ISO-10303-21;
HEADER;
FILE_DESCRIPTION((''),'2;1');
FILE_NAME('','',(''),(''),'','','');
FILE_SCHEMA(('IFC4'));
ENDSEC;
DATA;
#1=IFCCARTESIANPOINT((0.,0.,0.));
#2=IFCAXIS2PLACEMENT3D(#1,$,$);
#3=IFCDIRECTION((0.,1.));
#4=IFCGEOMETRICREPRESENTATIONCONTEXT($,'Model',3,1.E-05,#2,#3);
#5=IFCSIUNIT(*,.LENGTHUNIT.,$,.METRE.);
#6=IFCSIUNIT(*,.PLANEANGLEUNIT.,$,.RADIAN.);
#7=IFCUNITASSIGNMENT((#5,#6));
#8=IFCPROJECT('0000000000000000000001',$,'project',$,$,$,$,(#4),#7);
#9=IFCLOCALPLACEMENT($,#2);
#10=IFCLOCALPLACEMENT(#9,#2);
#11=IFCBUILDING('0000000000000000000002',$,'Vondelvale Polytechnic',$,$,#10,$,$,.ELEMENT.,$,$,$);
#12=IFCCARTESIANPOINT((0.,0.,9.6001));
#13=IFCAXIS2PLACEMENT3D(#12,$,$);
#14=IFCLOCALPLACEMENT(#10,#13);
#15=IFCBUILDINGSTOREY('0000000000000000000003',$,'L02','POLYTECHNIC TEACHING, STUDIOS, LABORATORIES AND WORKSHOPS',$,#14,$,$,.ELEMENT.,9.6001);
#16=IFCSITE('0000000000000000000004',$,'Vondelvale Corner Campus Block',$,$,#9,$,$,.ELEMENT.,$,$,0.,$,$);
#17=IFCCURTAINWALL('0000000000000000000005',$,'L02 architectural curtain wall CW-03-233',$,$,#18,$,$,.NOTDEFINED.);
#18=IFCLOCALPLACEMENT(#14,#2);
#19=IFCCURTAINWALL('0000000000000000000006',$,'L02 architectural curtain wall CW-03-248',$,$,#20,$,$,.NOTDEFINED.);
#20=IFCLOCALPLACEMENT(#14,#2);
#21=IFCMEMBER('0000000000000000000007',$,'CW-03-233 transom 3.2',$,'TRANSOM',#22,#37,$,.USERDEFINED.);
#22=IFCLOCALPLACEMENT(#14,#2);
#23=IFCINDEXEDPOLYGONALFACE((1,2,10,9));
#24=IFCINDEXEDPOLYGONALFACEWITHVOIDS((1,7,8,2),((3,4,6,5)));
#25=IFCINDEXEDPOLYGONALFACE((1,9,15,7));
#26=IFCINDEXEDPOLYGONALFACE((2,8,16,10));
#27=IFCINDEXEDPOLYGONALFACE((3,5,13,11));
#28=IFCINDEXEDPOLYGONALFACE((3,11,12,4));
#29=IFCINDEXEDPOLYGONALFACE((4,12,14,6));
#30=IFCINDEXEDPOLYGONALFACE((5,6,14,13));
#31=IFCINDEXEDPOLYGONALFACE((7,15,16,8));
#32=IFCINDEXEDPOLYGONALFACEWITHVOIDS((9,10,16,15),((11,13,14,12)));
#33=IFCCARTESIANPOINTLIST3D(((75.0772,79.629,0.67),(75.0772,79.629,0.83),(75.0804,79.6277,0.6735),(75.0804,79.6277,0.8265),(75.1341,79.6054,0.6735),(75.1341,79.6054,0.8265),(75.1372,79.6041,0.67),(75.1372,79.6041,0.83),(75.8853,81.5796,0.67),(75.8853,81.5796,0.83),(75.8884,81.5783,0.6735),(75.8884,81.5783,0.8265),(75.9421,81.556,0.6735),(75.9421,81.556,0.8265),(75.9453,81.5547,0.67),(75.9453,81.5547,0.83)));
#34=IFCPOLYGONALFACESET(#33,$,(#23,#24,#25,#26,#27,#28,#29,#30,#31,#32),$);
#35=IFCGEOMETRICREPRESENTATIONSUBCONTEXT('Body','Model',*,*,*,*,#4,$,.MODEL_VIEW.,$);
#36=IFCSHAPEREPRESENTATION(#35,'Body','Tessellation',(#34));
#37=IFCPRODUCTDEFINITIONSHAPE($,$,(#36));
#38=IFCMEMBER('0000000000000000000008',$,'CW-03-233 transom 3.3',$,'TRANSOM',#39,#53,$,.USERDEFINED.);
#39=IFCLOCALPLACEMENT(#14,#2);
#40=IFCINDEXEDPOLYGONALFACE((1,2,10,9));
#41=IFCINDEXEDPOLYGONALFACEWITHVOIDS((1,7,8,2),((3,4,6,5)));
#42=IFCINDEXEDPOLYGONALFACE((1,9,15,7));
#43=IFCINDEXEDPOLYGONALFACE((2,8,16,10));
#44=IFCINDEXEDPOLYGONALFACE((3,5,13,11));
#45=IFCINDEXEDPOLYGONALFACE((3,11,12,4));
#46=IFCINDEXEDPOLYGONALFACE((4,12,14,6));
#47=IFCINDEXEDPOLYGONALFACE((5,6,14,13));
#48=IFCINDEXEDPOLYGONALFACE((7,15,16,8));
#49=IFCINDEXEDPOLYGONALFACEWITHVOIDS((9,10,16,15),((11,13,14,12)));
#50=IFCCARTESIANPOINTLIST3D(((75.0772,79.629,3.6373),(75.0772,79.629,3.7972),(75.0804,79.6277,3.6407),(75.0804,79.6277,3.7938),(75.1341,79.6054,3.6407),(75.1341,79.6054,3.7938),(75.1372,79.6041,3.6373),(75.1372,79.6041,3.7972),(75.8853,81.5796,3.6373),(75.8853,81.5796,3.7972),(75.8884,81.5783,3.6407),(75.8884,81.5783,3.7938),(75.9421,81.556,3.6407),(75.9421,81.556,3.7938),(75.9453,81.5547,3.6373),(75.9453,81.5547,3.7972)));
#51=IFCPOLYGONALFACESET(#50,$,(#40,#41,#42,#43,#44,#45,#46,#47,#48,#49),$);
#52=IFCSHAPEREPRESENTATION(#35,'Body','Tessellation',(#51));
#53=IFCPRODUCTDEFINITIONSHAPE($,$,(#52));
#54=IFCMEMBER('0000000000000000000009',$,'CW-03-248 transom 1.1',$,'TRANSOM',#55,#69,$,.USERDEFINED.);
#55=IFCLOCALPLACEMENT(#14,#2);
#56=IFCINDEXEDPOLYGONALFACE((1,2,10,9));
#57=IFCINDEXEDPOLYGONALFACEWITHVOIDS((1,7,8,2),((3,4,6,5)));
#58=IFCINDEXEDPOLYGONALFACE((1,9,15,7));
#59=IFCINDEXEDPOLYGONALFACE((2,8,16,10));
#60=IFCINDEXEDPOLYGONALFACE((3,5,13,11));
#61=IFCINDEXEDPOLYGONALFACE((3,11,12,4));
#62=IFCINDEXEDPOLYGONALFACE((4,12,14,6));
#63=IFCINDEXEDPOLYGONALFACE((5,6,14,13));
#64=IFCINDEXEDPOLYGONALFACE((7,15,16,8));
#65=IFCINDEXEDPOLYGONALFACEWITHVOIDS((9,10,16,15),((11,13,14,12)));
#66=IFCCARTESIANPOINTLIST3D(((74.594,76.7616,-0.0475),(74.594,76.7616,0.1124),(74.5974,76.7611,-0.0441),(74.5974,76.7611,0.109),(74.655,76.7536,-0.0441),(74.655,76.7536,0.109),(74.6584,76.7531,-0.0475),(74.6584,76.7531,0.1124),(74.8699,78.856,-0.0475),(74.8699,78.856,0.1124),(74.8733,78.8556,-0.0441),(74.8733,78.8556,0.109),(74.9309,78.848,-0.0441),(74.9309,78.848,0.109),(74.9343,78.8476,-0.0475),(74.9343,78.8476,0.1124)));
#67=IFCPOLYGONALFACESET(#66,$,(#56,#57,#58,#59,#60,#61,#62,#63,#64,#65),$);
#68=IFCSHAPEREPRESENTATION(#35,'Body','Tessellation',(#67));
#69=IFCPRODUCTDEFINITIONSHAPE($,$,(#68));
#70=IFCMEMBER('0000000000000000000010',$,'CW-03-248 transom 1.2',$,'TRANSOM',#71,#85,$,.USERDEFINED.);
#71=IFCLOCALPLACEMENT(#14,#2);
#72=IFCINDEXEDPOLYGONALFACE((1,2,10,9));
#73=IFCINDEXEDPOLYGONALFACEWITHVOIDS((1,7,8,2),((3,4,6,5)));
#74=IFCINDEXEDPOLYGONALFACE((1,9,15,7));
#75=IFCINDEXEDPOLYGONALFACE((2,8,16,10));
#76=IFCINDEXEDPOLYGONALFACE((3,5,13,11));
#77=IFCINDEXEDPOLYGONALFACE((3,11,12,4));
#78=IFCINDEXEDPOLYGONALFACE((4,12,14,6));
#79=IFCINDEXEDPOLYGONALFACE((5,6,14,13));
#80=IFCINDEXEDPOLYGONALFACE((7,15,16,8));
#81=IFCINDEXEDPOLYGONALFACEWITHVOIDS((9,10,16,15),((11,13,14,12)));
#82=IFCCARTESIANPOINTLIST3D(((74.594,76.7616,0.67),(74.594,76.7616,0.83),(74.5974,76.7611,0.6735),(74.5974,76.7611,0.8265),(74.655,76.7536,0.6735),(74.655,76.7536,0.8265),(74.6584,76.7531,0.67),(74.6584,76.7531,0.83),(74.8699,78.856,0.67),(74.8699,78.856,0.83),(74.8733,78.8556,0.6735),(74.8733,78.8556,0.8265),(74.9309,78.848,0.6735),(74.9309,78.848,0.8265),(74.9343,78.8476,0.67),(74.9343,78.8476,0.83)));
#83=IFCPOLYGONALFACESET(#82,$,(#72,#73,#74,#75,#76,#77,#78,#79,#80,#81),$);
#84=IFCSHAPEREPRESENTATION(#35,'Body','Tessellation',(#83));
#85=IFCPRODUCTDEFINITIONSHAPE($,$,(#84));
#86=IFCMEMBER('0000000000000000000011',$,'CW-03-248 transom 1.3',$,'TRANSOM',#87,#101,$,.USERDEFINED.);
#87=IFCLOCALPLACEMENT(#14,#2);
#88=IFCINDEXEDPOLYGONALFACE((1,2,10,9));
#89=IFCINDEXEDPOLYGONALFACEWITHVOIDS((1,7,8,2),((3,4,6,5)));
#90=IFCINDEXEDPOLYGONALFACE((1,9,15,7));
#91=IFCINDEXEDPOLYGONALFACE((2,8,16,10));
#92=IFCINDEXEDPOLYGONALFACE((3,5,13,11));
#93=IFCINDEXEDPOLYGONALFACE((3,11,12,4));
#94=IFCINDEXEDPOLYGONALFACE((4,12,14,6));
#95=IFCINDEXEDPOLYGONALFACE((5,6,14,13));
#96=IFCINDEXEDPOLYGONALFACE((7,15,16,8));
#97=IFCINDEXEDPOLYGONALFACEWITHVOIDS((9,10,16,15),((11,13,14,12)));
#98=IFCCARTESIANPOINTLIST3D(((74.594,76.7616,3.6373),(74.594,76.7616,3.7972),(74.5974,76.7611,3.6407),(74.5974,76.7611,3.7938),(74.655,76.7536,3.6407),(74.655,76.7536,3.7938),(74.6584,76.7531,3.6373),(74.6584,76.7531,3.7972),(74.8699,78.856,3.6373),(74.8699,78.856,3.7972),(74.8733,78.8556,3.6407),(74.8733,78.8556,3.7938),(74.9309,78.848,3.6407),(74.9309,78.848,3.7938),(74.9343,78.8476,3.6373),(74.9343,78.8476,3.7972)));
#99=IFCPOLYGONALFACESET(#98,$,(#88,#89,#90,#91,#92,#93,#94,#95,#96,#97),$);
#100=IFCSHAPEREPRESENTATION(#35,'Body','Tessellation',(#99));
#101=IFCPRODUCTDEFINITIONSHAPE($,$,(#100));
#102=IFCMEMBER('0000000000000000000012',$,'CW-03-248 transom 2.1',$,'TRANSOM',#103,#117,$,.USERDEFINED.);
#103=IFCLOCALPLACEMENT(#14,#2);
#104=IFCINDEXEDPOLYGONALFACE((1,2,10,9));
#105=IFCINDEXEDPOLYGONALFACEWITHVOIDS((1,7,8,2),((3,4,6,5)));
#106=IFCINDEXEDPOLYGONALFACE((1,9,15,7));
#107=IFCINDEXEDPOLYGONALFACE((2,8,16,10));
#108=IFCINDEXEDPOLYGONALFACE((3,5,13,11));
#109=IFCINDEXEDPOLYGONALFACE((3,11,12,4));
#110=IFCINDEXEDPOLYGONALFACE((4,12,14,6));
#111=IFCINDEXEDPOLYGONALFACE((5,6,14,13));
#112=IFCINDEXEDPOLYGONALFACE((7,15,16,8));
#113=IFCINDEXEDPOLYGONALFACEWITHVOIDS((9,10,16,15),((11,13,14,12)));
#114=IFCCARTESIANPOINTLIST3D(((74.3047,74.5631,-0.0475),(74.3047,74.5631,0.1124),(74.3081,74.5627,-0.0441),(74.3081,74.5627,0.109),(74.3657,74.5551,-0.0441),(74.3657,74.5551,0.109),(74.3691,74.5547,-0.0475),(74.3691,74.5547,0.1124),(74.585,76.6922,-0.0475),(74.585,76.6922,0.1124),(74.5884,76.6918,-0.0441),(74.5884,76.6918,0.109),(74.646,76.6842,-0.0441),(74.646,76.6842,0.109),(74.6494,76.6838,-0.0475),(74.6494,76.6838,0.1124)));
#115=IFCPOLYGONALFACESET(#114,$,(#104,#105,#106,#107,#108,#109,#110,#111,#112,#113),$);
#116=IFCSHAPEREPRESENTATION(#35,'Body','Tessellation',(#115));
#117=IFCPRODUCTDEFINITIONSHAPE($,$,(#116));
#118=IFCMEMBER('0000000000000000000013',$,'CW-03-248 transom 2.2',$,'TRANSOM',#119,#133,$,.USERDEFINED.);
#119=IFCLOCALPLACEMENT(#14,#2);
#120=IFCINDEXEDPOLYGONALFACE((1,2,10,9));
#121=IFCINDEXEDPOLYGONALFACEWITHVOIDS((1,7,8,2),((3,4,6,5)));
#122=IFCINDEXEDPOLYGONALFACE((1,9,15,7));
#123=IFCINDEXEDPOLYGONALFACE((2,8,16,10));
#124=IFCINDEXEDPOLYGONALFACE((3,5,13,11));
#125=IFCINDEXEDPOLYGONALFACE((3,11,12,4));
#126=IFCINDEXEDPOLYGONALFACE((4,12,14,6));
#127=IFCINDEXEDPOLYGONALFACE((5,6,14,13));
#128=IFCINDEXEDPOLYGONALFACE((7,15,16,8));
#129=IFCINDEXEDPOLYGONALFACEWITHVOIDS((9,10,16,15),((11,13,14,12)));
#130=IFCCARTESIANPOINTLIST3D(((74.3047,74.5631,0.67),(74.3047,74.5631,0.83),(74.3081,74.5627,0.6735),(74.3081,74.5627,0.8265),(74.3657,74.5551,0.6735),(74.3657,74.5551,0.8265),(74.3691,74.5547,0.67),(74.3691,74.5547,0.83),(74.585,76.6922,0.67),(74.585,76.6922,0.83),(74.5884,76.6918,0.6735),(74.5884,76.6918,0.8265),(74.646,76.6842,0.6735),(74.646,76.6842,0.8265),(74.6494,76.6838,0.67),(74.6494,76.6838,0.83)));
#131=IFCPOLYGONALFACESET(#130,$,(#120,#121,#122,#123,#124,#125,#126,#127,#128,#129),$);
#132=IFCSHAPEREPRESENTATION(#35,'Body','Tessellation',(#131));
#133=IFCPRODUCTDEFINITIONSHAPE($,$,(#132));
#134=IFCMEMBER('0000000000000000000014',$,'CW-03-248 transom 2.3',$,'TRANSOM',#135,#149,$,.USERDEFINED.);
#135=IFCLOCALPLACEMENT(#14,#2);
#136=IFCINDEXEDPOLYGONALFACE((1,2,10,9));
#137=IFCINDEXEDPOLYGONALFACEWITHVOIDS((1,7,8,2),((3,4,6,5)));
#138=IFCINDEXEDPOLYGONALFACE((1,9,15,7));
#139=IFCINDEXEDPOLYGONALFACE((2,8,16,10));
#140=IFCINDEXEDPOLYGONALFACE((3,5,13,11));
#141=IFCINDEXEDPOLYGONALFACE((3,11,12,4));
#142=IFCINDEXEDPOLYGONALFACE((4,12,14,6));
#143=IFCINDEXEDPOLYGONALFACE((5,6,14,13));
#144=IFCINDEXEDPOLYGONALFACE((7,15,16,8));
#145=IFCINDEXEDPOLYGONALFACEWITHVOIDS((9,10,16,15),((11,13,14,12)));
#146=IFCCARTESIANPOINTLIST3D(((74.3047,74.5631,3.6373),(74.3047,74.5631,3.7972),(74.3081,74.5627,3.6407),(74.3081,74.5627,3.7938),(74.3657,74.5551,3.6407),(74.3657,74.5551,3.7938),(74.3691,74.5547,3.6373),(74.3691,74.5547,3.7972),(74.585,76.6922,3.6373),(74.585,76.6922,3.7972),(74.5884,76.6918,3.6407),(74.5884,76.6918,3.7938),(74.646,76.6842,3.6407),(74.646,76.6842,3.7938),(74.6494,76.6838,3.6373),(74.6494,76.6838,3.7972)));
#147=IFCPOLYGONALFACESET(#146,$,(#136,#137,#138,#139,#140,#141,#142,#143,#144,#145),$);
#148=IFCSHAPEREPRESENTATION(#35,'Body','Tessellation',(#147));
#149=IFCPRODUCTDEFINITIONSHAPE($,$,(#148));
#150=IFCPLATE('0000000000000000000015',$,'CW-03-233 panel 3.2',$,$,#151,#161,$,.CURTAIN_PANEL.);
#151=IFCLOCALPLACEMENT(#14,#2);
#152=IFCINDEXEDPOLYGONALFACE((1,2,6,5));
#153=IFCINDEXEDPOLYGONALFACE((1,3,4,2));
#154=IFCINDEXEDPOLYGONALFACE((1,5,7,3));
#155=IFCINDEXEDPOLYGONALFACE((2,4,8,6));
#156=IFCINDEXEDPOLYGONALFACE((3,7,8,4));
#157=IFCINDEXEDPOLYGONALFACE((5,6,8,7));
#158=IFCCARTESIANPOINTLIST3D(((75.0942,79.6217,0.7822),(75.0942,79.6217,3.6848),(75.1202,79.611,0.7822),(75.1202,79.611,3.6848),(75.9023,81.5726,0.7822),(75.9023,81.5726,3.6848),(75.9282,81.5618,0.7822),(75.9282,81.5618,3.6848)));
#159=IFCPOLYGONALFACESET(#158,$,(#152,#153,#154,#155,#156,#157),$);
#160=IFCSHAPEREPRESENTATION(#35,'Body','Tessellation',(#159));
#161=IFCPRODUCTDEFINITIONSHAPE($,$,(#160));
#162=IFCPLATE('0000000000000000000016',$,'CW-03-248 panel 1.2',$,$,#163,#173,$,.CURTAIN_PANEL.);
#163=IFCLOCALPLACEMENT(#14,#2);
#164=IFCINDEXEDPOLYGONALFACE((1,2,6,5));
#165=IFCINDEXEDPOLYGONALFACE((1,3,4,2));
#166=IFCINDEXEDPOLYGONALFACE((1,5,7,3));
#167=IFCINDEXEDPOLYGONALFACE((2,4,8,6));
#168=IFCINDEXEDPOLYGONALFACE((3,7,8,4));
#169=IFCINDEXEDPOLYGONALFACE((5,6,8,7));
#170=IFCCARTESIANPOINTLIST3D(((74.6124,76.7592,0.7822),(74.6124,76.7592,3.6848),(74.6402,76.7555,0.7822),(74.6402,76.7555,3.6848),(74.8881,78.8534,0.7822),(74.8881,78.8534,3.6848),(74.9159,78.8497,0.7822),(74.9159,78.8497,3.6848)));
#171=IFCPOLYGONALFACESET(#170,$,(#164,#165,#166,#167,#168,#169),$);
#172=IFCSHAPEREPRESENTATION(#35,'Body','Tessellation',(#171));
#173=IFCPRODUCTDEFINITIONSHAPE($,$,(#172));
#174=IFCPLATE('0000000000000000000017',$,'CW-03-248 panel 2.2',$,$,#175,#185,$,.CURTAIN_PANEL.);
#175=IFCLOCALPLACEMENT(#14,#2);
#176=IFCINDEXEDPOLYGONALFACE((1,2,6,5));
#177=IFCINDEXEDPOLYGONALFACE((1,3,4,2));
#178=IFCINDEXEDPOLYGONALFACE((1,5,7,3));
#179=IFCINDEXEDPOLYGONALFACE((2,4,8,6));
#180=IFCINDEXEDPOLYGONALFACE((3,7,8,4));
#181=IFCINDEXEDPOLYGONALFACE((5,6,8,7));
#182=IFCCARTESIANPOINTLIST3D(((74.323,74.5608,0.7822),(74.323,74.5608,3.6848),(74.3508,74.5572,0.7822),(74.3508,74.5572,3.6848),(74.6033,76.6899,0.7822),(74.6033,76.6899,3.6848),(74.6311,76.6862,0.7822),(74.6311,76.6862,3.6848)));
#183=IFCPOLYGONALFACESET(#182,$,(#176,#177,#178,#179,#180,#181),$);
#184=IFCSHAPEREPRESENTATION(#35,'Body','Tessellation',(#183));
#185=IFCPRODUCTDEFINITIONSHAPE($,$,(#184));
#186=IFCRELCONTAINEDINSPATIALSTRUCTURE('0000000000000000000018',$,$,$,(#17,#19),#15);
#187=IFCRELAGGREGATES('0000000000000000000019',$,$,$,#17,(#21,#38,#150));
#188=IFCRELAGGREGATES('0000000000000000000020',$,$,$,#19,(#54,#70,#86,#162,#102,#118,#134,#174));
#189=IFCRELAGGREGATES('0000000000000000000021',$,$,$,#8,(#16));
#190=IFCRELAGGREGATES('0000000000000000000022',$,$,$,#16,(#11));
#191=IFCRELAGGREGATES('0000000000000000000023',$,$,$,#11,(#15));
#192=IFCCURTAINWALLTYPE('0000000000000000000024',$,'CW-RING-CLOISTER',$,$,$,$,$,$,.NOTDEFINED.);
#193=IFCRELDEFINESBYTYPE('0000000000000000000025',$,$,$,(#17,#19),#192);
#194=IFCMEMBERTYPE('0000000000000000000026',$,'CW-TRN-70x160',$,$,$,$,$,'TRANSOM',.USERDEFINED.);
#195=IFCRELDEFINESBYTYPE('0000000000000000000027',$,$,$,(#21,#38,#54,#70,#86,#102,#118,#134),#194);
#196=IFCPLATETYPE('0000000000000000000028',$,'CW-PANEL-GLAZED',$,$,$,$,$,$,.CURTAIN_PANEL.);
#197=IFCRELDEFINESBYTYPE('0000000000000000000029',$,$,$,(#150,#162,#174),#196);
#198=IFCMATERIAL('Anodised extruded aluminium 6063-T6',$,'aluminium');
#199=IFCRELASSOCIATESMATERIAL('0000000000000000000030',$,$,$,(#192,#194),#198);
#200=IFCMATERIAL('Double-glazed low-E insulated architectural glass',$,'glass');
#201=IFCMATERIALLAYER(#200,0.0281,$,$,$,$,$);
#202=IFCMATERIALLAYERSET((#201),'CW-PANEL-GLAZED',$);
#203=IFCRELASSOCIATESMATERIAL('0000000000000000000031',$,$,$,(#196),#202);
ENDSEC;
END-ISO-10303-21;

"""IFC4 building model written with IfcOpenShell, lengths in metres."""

from ifc_helpers import new_model, si_unit, direction, frame, origin, origin_2d, place, context, subcontext, project, spatial, rectangle, hollow_rectangle, extrude, material, layer, layer_set, material_profile, profile_set, type_object, element, aggregate, save


model = new_model("IFC4")

# Units and contexts
model_context = context("Model", 3, precision=1e-05, world=origin(), true_north=direction((0.0, 1.0)))
body_context = subcontext(model_context, "Body", "Model", "MODEL_VIEW")
ifc_project = project(units=[si_unit("LENGTHUNIT", "METRE"), si_unit("PLANEANGLEUNIT", "RADIAN")], contexts=[model_context])

# Site, building, storey
site_placement = place(None, origin())
site = spatial("IfcSite", under=ifc_project, at=site_placement, Name="Vondelvale Corner Campus Block", CompositionType="ELEMENT", RefElevation=0.0)
building_placement = place(site_placement, origin())
building = spatial("IfcBuilding", under=site, at=building_placement, Name="Vondelvale Polytechnic", CompositionType="ELEMENT")
storey_placement = place(building_placement, frame((0.0, 0.0, 9.6001)))
storey = spatial("IfcBuildingStorey", under=building, at=storey_placement, Name="L02", Description="POLYTECHNIC TEACHING, STUDIOS, LABORATORIES AND WORKSHOPS", CompositionType="ELEMENT", Elevation=9.6001)

# Curtain walls
ifc_material_1 = material(Name="Anodised extruded aluminium 6063-T6", Category="aluminium")
curtain_wall_type = type_object("IfcCurtainWallType", Name="CW-RING-CLOISTER", PredefinedType="NOTDEFINED", material=ifc_material_1)
curtain_wall_1_placement = place(storey_placement, origin())
curtain_wall_1 = element("IfcCurtainWall", 1, at=curtain_wall_1_placement, inside=storey, type_object=curtain_wall_type, Name="L02 architectural curtain wall CW-03-233", PredefinedType="NOTDEFINED")
curtain_wall_2_placement = place(storey_placement, origin())
curtain_wall_2 = element("IfcCurtainWall", 2, at=curtain_wall_2_placement, inside=storey, type_object=curtain_wall_type, Name="L02 architectural curtain wall CW-03-248", PredefinedType="NOTDEFINED")

# Members
ifc_material_profile_1 = material_profile(ifc_material_1, hollow_rectangle(XDim=0.0649, YDim=0.1599, WallThickness=0.0034, at=origin_2d()), Name="CW-TRN-160x65")
ifc_profile_set_1 = profile_set([ifc_material_profile_1], Name="Anodised extruded aluminium 6063-T6")
member_type_1 = type_object("IfcMemberType", Name="CW-TRN-70x160", ElementType="TRANSOM", PredefinedType="USERDEFINED", material=ifc_profile_set_1)
member_1_placement = place(storey_placement, frame((75.9153, 81.5671, 0.75), z_axis=(-0.382726, -0.923862, 0.0), x_axis=(0.923862, -0.382726, 0.0)))
member_1 = element("IfcMember", 3, at=member_1_placement, type_object=member_type_1, Name="CW-03-233 transom 3.2", ObjectType="TRANSOM", PredefinedType="USERDEFINED", context=body_context, shape_type="SweptSolid", body=[
    extrude(hollow_rectangle(XDim=0.0649, YDim=0.1599, WallThickness=0.0034, at=origin_2d()), origin(), (0.0, 0.0, 1.0), 2.1113),
])
member_2_placement = place(storey_placement, frame((75.9153, 81.5671, 3.7173), z_axis=(-0.382726, -0.923862, 0.0), x_axis=(0.923862, -0.382726, 0.0)))
member_2 = element("IfcMember", 4, at=member_2_placement, type_object=member_type_1, Name="CW-03-233 transom 3.3", ObjectType="TRANSOM", PredefinedType="USERDEFINED", context=body_context, shape_type="SweptSolid", body=[
    extrude(hollow_rectangle(XDim=0.0649, YDim=0.1599, WallThickness=0.0034, at=origin_2d()), origin(), (0.0, 0.0, 1.0), 2.1113),
])
member_3_placement = place(storey_placement, frame((74.9021, 78.8518, 0.0325), z_axis=(-0.130589, -0.991437, 0.0), x_axis=(0.991437, -0.130589, 0.0)))
member_3 = element("IfcMember", 5, at=member_3_placement, type_object=member_type_1, Name="CW-03-248 transom 1.1", ObjectType="TRANSOM", PredefinedType="USERDEFINED", context=body_context, shape_type="SweptSolid", body=[
    extrude(hollow_rectangle(XDim=0.0649, YDim=0.1599, WallThickness=0.0034, at=origin_2d()), origin(), (0.0, 0.0, 1.0), 2.1125),
])
member_4_placement = place(storey_placement, frame((74.9021, 78.8518, 0.75), z_axis=(-0.130589, -0.991437, 0.0), x_axis=(0.991437, -0.130589, 0.0)))
member_4 = element("IfcMember", 6, at=member_4_placement, type_object=member_type_1, Name="CW-03-248 transom 1.2", ObjectType="TRANSOM", PredefinedType="USERDEFINED", context=body_context, shape_type="SweptSolid", body=[
    extrude(hollow_rectangle(XDim=0.0649, YDim=0.1599, WallThickness=0.0034, at=origin_2d()), origin(), (0.0, 0.0, 1.0), 2.1125),
])
member_5_placement = place(storey_placement, frame((74.9021, 78.8518, 3.7173), z_axis=(-0.130589, -0.991437, 0.0), x_axis=(0.991437, -0.130589, 0.0)))
member_5 = element("IfcMember", 7, at=member_5_placement, type_object=member_type_1, Name="CW-03-248 transom 1.3", ObjectType="TRANSOM", PredefinedType="USERDEFINED", context=body_context, shape_type="SweptSolid", body=[
    extrude(hollow_rectangle(XDim=0.0649, YDim=0.1599, WallThickness=0.0034, at=origin_2d()), origin(), (0.0, 0.0, 1.0), 2.1125),
])
member_6_placement = place(storey_placement, frame((74.6172, 76.688, 0.0325), z_axis=(-0.13051, -0.991447, 0.0), x_axis=(0.991447, -0.13051, 0.0)))
member_6 = element("IfcMember", 8, at=member_6_placement, type_object=member_type_1, Name="CW-03-248 transom 2.1", ObjectType="TRANSOM", PredefinedType="USERDEFINED", context=body_context, shape_type="SweptSolid", body=[
    extrude(hollow_rectangle(XDim=0.0649, YDim=0.1599, WallThickness=0.0034, at=origin_2d()), origin(), (0.0, 0.0, 1.0), 2.1475),
])
member_7_placement = place(storey_placement, frame((74.6172, 76.688, 0.75), z_axis=(-0.13051, -0.991447, 0.0), x_axis=(0.991447, -0.13051, 0.0)))
member_7 = element("IfcMember", 9, at=member_7_placement, type_object=member_type_1, Name="CW-03-248 transom 2.2", ObjectType="TRANSOM", PredefinedType="USERDEFINED", context=body_context, shape_type="SweptSolid", body=[
    extrude(hollow_rectangle(XDim=0.0649, YDim=0.1599, WallThickness=0.0034, at=origin_2d()), origin(), (0.0, 0.0, 1.0), 2.1475),
])
member_8_placement = place(storey_placement, frame((74.6172, 76.688, 3.7173), z_axis=(-0.13051, -0.991447, 0.0), x_axis=(0.991447, -0.13051, 0.0)))
member_8 = element("IfcMember", 10, at=member_8_placement, type_object=member_type_1, Name="CW-03-248 transom 2.3", ObjectType="TRANSOM", PredefinedType="USERDEFINED", context=body_context, shape_type="SweptSolid", body=[
    extrude(hollow_rectangle(XDim=0.0649, YDim=0.1599, WallThickness=0.0034, at=origin_2d()), origin(), (0.0, 0.0, 1.0), 2.1475),
])

# Plates
ifc_material_2 = material(Name="Double-glazed low-E insulated architectural glass", Category="glass")
ifc_layer_1 = layer(ifc_material_2, 0.0281)
ifc_layer_set_1 = layer_set([ifc_layer_1], Name="CW-PANEL-GLAZED")
plate_type_1 = type_object("IfcPlateType", Name="CW-PANEL-GLAZED", PredefinedType="CURTAIN_PANEL", material=ifc_layer_set_1)
plate_1_placement = place(storey_placement, frame((75.5112, 80.5918, 0.7822), z_axis=(0.0, 0.0, 1.0), x_axis=(-0.382679, -0.923882, 0.0)))
plate_1 = element("IfcPlate", 11, at=plate_1_placement, type_object=plate_type_1, Name="CW-03-233 panel 3.2", PredefinedType="CURTAIN_PANEL", context=body_context, shape_type="SweptSolid", body=[
    extrude(rectangle(XDim=2.1116, YDim=0.0281, at=origin_2d()), origin(), (0.0, 0.0, 1.0), 2.9026),
])
plate_2_placement = place(storey_placement, frame((74.7642, 77.8044, 0.7822), z_axis=(0.0, 0.0, 1.0), x_axis=(-0.130528, -0.991445, 0.0)))
plate_2 = element("IfcPlate", 12, at=plate_2_placement, type_object=plate_type_1, Name="CW-03-248 panel 1.2", PredefinedType="CURTAIN_PANEL", context=body_context, shape_type="SweptSolid", body=[
    extrude(rectangle(XDim=2.1123, YDim=0.0281, at=origin_2d()), origin(), (0.0, 0.0, 1.0), 2.9026),
])
plate_3_placement = place(storey_placement, frame((74.4771, 75.6235, 0.7822), z_axis=(0.0, 0.0, 1.0), x_axis=(-0.130528, -0.991445, 0.0)))
plate_3 = element("IfcPlate", 13, at=plate_3_placement, type_object=plate_type_1, Name="CW-03-248 panel 2.2", PredefinedType="CURTAIN_PANEL", context=body_context, shape_type="SweptSolid", body=[
    extrude(rectangle(XDim=2.1475, YDim=0.0281, at=origin_2d()), origin(), (0.0, 0.0, 1.0), 2.9026),
])
aggregate(curtain_wall_1, [member_1, member_2, plate_1])
aggregate(curtain_wall_2, [member_3, member_4, member_5, plate_2, member_6, member_7, member_8, plate_3])

save(model, "model.ifc")
